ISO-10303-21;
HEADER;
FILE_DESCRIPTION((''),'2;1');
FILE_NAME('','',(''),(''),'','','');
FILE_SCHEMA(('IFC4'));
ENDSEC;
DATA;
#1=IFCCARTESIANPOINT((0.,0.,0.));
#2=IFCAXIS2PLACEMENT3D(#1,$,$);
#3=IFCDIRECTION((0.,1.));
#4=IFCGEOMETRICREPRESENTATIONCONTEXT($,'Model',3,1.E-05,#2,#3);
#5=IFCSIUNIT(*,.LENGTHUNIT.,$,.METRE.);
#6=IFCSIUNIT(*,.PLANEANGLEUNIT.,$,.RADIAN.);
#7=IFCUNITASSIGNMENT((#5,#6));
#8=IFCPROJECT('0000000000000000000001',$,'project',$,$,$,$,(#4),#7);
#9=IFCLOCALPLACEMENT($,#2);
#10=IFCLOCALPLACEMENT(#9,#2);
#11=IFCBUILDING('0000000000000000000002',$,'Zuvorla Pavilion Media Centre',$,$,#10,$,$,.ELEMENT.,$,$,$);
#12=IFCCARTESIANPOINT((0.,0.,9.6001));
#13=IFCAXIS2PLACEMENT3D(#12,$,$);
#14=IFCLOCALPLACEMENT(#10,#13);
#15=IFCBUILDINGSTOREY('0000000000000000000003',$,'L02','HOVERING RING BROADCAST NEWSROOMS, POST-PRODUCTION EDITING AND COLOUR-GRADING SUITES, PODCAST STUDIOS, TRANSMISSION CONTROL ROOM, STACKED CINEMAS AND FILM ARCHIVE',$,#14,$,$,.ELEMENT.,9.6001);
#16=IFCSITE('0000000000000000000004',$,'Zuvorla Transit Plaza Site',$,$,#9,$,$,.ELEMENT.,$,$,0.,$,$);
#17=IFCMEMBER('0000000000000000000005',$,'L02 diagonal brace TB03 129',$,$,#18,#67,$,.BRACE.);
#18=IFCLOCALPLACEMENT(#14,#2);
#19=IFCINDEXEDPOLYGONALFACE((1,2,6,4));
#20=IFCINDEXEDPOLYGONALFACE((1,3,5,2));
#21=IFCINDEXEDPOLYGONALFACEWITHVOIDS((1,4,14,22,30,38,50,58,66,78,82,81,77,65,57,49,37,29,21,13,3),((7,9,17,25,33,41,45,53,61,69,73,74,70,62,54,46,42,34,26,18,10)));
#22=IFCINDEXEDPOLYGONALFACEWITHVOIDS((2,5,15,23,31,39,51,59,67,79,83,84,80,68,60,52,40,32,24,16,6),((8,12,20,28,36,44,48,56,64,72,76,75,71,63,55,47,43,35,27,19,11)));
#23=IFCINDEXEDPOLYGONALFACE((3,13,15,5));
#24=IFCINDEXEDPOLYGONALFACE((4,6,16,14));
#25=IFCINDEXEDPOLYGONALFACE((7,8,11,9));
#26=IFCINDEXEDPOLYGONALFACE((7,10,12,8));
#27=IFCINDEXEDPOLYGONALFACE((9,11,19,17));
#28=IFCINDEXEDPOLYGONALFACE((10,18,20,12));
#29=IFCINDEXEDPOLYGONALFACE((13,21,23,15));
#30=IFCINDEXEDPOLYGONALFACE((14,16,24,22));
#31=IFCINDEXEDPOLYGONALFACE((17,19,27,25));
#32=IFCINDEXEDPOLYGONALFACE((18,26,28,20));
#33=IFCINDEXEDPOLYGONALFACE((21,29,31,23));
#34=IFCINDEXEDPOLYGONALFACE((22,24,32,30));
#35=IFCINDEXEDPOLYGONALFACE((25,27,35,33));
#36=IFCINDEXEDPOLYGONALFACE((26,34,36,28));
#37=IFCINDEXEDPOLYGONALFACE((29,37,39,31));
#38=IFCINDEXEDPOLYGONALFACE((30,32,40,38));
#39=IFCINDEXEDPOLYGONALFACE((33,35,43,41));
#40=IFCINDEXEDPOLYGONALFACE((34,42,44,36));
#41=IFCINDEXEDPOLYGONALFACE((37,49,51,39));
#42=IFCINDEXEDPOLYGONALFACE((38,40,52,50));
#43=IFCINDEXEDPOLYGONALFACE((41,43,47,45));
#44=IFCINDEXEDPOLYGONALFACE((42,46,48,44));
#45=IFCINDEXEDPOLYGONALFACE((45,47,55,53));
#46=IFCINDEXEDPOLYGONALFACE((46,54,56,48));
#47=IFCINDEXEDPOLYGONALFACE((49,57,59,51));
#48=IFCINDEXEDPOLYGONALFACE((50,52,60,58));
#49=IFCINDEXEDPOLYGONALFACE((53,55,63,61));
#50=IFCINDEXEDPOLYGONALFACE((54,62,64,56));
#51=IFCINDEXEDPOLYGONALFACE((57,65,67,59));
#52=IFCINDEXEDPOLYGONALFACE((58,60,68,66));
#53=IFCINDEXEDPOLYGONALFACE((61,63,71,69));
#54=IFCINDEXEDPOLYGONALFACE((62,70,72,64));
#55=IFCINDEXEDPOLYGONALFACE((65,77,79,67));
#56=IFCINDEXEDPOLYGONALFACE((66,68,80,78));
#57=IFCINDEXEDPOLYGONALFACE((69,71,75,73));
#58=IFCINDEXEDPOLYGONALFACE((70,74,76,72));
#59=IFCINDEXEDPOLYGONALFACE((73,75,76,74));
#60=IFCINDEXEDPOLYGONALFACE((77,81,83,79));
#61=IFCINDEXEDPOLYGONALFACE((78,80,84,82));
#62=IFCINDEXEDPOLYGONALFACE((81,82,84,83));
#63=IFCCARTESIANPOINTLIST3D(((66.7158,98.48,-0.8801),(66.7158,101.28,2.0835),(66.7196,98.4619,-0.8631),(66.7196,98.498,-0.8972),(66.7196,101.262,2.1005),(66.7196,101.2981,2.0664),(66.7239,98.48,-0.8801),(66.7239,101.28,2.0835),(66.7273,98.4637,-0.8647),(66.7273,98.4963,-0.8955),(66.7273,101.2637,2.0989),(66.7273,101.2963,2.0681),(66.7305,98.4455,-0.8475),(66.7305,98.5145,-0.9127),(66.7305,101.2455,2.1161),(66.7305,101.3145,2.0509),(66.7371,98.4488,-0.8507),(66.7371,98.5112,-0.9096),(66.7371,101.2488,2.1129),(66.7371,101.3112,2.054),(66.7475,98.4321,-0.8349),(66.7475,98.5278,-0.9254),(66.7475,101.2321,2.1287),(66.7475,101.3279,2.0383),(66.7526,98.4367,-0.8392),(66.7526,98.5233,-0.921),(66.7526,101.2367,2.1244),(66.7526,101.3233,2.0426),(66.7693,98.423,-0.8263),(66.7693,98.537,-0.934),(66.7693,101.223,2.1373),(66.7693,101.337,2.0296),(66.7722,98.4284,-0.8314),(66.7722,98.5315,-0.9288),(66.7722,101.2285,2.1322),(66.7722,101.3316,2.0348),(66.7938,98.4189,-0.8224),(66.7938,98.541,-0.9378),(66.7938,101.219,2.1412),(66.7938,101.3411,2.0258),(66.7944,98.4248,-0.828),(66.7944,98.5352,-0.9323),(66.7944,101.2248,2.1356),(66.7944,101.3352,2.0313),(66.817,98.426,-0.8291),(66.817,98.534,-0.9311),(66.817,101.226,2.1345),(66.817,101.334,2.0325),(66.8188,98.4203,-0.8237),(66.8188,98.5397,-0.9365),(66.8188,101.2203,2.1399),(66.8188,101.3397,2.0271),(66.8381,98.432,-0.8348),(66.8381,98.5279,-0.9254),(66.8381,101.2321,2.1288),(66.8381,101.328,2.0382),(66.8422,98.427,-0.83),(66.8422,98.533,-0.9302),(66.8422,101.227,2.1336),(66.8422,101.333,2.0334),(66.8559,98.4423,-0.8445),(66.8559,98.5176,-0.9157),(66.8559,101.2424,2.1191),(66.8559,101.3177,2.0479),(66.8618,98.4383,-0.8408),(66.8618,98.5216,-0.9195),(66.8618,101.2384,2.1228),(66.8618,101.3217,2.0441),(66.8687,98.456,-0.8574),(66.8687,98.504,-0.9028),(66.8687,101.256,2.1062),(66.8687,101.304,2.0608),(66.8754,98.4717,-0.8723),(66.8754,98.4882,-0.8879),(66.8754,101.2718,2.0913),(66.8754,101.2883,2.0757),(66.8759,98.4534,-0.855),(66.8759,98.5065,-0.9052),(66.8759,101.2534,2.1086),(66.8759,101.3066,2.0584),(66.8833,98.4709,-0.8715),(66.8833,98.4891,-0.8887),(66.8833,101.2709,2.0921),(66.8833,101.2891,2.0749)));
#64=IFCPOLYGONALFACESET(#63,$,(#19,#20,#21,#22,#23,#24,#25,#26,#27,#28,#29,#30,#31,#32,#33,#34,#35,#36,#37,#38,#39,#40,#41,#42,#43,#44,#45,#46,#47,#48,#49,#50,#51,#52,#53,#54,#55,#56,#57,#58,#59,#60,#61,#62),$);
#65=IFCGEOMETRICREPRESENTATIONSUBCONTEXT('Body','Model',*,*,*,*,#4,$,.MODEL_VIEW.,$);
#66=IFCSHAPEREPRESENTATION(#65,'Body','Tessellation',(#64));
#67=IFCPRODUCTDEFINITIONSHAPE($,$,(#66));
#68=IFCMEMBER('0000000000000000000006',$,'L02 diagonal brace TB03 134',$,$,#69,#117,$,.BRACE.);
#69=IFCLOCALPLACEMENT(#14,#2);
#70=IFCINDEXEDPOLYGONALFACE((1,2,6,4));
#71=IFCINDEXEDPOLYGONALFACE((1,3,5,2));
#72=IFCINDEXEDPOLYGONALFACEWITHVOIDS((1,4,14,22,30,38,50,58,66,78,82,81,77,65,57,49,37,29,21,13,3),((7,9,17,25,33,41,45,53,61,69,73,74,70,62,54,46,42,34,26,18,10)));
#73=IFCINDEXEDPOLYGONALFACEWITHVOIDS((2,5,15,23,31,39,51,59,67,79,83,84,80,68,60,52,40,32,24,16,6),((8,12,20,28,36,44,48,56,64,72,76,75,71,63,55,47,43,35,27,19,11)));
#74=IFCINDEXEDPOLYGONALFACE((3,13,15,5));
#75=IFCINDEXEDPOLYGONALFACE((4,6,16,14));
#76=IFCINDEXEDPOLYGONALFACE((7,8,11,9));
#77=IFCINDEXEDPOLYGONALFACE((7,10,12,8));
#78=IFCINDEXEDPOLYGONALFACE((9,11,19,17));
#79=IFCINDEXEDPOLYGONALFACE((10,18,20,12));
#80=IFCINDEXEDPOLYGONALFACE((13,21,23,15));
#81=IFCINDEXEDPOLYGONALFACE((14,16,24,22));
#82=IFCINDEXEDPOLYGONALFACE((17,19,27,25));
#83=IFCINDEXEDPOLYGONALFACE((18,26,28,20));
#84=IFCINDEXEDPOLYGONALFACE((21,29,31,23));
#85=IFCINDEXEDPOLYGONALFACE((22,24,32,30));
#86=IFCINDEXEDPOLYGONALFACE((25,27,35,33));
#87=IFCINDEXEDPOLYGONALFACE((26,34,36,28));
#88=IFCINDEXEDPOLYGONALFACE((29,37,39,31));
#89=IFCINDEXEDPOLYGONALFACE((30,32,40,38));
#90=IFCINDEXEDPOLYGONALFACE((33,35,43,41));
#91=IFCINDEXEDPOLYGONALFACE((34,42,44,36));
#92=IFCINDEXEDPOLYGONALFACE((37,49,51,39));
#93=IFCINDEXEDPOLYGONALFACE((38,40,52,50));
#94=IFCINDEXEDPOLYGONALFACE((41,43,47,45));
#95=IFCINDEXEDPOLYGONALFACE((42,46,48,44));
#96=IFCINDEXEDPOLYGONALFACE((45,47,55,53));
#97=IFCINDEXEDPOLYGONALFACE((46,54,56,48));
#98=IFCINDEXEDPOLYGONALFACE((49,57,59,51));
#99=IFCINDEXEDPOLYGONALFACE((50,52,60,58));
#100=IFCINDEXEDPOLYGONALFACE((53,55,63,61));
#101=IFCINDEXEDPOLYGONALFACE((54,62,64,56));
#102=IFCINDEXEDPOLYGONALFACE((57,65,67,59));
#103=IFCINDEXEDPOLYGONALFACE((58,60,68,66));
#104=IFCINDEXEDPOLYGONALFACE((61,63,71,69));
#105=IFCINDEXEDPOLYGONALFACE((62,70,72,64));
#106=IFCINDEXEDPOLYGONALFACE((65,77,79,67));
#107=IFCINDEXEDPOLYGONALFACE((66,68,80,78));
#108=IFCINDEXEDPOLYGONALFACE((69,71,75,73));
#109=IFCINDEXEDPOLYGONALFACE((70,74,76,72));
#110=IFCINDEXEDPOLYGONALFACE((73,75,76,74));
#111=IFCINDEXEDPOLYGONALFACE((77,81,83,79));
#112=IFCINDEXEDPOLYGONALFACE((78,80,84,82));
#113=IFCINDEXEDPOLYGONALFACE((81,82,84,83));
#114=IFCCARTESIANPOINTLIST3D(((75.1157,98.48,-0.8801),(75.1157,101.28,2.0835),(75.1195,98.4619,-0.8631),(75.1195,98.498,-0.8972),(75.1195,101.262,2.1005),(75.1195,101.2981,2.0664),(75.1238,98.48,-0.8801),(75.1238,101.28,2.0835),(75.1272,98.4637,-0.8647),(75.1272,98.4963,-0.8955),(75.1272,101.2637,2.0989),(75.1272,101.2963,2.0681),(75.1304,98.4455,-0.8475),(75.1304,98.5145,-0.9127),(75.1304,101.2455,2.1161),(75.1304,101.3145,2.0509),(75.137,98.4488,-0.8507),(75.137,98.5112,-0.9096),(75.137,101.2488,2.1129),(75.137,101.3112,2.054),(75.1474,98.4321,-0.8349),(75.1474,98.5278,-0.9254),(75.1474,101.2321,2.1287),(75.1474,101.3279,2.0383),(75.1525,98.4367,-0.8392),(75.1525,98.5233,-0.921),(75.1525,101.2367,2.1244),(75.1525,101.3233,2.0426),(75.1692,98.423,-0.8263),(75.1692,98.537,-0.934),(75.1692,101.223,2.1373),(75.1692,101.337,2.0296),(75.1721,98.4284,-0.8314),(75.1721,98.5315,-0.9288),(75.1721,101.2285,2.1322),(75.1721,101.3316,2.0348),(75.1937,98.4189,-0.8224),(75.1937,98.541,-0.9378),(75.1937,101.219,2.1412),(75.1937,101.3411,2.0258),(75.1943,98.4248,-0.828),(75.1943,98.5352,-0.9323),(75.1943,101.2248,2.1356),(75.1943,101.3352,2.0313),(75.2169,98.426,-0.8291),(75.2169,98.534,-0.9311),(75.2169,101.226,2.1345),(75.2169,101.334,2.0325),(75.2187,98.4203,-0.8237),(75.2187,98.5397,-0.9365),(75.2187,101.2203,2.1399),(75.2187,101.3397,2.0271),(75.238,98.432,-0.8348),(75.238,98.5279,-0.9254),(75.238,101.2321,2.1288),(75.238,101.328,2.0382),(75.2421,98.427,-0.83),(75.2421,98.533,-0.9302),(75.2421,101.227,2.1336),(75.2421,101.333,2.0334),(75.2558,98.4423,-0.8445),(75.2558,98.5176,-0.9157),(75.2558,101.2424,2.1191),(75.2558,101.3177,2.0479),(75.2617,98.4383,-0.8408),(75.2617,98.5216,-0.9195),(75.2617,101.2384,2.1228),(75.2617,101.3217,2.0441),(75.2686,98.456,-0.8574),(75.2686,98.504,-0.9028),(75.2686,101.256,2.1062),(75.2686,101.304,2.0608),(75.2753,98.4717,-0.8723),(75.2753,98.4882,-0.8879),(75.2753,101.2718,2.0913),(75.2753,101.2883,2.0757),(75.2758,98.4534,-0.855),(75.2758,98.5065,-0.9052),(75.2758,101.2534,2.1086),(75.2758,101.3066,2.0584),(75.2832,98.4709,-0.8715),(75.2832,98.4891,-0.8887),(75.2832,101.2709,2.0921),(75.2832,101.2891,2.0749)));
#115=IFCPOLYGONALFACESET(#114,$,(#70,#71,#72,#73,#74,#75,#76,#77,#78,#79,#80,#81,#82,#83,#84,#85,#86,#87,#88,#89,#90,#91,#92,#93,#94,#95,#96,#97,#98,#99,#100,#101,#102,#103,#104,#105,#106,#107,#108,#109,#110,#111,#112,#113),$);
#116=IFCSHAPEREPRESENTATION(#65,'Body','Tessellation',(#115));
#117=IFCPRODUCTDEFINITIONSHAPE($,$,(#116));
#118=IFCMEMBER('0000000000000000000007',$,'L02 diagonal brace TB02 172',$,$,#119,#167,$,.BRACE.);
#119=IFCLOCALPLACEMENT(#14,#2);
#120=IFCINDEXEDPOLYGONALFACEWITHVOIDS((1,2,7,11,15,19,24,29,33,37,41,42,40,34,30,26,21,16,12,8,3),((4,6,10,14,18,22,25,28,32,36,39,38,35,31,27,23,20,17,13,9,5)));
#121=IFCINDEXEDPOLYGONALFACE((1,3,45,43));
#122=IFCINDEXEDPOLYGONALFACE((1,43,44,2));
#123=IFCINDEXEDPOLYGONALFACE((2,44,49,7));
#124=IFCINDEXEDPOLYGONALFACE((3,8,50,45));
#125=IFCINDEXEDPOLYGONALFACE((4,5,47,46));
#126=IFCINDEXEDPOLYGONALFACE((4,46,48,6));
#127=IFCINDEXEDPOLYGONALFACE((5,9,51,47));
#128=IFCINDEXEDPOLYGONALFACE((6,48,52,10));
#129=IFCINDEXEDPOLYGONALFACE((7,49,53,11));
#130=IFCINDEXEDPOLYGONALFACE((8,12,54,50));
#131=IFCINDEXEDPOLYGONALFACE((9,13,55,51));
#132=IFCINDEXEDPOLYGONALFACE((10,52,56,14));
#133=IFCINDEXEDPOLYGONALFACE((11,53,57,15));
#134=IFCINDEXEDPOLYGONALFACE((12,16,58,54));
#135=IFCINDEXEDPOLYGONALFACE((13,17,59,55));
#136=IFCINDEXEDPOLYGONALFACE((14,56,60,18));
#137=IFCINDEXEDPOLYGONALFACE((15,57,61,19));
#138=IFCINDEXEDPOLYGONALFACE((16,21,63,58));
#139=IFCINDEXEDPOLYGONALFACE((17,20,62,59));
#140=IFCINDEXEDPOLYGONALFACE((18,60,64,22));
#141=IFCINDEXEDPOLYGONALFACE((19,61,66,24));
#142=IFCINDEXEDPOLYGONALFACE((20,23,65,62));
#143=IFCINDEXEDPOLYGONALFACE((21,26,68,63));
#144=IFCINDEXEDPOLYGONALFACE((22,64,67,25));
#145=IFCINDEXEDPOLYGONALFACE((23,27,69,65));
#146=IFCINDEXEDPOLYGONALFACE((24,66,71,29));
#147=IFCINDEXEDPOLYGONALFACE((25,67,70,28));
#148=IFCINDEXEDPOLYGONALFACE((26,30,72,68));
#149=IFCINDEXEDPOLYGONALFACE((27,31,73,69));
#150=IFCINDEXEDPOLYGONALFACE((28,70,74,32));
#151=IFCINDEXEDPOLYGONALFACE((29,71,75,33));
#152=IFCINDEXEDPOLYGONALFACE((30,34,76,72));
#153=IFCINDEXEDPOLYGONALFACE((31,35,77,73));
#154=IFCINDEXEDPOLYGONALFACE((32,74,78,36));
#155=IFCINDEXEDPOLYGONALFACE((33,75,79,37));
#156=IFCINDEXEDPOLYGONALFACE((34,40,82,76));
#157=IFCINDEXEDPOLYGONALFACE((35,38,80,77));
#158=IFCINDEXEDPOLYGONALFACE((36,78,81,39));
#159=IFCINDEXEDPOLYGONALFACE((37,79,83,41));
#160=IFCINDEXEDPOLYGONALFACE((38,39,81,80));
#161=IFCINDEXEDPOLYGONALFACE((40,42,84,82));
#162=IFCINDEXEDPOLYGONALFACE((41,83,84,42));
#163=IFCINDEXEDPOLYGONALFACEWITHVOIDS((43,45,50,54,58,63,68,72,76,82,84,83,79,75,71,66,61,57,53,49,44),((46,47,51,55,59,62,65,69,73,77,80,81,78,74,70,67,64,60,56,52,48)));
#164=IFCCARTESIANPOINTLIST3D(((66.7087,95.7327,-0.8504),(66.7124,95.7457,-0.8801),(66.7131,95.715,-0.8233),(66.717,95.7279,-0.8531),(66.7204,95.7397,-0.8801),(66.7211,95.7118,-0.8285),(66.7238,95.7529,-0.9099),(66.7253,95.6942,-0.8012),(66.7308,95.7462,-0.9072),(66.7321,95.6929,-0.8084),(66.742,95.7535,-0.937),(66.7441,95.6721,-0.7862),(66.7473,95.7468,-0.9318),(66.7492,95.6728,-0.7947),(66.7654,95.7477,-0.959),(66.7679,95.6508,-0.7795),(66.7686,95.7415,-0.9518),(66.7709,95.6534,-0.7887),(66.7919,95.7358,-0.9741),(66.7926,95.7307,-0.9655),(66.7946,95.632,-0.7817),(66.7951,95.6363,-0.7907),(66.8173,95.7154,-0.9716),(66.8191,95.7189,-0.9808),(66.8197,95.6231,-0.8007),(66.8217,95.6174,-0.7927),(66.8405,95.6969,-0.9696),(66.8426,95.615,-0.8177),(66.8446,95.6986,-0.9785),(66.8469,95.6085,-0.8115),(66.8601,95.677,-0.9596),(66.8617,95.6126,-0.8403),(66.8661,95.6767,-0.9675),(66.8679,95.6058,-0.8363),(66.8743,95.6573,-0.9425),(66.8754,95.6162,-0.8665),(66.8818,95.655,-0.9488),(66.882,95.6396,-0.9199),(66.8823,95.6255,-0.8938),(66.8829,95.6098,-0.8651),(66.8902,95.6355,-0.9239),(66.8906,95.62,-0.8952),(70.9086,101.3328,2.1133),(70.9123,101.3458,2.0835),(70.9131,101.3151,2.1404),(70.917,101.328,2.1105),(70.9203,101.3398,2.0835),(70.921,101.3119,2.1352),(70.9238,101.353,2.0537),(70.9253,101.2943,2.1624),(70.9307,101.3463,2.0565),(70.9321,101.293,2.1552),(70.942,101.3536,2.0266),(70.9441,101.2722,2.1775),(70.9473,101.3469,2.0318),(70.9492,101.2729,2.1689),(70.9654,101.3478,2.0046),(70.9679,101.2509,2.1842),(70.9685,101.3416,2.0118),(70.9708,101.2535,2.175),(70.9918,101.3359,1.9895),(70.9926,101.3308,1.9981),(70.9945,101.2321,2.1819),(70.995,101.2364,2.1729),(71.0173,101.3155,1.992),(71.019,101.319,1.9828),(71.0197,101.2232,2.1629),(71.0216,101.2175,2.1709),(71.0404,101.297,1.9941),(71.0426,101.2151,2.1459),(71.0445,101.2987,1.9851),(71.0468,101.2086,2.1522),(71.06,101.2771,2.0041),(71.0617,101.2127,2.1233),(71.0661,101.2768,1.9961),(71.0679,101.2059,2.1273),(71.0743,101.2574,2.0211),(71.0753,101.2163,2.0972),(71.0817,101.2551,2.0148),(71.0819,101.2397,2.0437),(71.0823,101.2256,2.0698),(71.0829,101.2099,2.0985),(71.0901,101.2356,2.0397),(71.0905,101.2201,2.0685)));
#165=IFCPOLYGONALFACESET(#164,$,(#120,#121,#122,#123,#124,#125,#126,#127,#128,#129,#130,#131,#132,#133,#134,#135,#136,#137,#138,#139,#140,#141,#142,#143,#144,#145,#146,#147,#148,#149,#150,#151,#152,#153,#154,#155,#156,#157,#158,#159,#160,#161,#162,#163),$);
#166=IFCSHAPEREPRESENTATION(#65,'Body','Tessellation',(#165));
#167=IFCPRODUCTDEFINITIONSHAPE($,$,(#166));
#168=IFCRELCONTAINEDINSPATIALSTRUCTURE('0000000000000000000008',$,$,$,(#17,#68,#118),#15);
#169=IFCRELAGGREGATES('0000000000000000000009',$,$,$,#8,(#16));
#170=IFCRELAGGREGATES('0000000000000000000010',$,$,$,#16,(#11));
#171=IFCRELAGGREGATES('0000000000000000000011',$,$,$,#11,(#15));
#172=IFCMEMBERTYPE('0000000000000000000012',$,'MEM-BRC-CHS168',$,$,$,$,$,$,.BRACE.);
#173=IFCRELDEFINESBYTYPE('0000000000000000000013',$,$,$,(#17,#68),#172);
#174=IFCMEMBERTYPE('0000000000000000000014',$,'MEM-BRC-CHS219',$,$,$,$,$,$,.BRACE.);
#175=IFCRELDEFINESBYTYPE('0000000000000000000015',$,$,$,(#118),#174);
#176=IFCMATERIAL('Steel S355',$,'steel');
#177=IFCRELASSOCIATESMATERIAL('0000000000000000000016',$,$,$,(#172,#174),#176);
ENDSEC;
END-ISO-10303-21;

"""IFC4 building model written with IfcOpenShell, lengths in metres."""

from ifc_helpers import new_model, si_unit, direction, frame, origin, origin_2d, place, context, subcontext, project, spatial, hollow_circle, extrude, material, material_profile, profile_set, type_object, element, save


model = new_model("IFC4")

# Units and contexts
model_context = context("Model", 3, precision=1e-05, world=origin(), true_north=direction((0.0, 1.0)))
body_context = subcontext(model_context, "Body", "Model", "MODEL_VIEW")
ifc_project = project(units=[si_unit("LENGTHUNIT", "METRE"), si_unit("PLANEANGLEUNIT", "RADIAN")], contexts=[model_context])

# Site, building, storey
site_placement = place(None, origin())
site = spatial("IfcSite", under=ifc_project, at=site_placement, Name="Zuvorla Transit Plaza Site", CompositionType="ELEMENT", RefElevation=0.0)
building_placement = place(site_placement, origin())
building = spatial("IfcBuilding", under=site, at=building_placement, Name="Zuvorla Pavilion Media Centre", CompositionType="ELEMENT")
storey_placement = place(building_placement, frame((0.0, 0.0, 9.6001)))
storey = spatial("IfcBuildingStorey", under=building, at=storey_placement, Name="L02", Description="HOVERING RING BROADCAST NEWSROOMS, POST-PRODUCTION EDITING AND COLOUR-GRADING SUITES, PODCAST STUDIOS, TRANSMISSION CONTROL ROOM, STACKED CINEMAS AND FILM ARCHIVE", CompositionType="ELEMENT", Elevation=9.6001)

# Shared definitions
ifc_material_1 = material(Name="Steel S355", Category="steel")

# Members
ifc_material_profile_1 = material_profile(ifc_material_1, hollow_circle(Radius=0.0842, WallThickness=0.0081, at=origin_2d()), Name="CHS 168.3x8")
ifc_profile_set_1 = profile_set([ifc_material_profile_1], Name="Steel S355")
member_type_1 = type_object("IfcMemberType", Name="MEM-BRC-CHS168", PredefinedType="BRACE", material=ifc_profile_set_1)
for number, where, z_axis, x_axis, name in (
    (1, (66.8, 98.48, -0.8801), (0.0, 0.686762, 0.726882), (-1.0, 0.0, 0.0), "L02 diagonal brace TB03 129"),
    (2, (75.2, 98.48, -0.8801), (0.0, 0.686762, 0.726882), (-1.0, 0.0, 0.0), "L02 diagonal brace TB03 134"),
):
    element("IfcMember", number, at=place(storey_placement, frame(where, z_axis=z_axis, x_axis=x_axis)), inside=storey, type_object=member_type_1, Name=name, PredefinedType="BRACE", context=body_context, shape_type="SweptSolid", body=[
        extrude(hollow_circle(Radius=0.0842, WallThickness=0.0081, at=origin_2d()), origin(), (0.0, 0.0, 1.0), 4.0771),
    ])
ifc_material_profile_2 = material_profile(ifc_material_1, hollow_circle(Radius=0.1096, WallThickness=0.01, at=origin_2d()), Name="CHS 219.1x10")
ifc_profile_set_2 = profile_set([ifc_material_profile_2], Name="Steel S355")
member_type_2 = type_object("IfcMemberType", Name="MEM-BRC-CHS219", PredefinedType="BRACE", material=ifc_profile_set_2)
for number, where, z_axis, x_axis, name in (
    (3, (66.8, 95.6799, -0.8801), (0.552512, 0.736704, 0.38987), (-0.800008, 0.599989, 0.0), "L02 diagonal brace TB02 172"),
):
    element("IfcMember", number, at=place(storey_placement, frame(where, z_axis=z_axis, x_axis=x_axis)), inside=storey, type_object=member_type_2, Name=name, PredefinedType="BRACE", context=body_context, shape_type="SweptSolid", body=[
        extrude(hollow_circle(Radius=0.1096, WallThickness=0.01, at=origin_2d()), origin(), (0.0, 0.0, 1.0), 7.6016),
    ])

save(model, "model.ifc")
